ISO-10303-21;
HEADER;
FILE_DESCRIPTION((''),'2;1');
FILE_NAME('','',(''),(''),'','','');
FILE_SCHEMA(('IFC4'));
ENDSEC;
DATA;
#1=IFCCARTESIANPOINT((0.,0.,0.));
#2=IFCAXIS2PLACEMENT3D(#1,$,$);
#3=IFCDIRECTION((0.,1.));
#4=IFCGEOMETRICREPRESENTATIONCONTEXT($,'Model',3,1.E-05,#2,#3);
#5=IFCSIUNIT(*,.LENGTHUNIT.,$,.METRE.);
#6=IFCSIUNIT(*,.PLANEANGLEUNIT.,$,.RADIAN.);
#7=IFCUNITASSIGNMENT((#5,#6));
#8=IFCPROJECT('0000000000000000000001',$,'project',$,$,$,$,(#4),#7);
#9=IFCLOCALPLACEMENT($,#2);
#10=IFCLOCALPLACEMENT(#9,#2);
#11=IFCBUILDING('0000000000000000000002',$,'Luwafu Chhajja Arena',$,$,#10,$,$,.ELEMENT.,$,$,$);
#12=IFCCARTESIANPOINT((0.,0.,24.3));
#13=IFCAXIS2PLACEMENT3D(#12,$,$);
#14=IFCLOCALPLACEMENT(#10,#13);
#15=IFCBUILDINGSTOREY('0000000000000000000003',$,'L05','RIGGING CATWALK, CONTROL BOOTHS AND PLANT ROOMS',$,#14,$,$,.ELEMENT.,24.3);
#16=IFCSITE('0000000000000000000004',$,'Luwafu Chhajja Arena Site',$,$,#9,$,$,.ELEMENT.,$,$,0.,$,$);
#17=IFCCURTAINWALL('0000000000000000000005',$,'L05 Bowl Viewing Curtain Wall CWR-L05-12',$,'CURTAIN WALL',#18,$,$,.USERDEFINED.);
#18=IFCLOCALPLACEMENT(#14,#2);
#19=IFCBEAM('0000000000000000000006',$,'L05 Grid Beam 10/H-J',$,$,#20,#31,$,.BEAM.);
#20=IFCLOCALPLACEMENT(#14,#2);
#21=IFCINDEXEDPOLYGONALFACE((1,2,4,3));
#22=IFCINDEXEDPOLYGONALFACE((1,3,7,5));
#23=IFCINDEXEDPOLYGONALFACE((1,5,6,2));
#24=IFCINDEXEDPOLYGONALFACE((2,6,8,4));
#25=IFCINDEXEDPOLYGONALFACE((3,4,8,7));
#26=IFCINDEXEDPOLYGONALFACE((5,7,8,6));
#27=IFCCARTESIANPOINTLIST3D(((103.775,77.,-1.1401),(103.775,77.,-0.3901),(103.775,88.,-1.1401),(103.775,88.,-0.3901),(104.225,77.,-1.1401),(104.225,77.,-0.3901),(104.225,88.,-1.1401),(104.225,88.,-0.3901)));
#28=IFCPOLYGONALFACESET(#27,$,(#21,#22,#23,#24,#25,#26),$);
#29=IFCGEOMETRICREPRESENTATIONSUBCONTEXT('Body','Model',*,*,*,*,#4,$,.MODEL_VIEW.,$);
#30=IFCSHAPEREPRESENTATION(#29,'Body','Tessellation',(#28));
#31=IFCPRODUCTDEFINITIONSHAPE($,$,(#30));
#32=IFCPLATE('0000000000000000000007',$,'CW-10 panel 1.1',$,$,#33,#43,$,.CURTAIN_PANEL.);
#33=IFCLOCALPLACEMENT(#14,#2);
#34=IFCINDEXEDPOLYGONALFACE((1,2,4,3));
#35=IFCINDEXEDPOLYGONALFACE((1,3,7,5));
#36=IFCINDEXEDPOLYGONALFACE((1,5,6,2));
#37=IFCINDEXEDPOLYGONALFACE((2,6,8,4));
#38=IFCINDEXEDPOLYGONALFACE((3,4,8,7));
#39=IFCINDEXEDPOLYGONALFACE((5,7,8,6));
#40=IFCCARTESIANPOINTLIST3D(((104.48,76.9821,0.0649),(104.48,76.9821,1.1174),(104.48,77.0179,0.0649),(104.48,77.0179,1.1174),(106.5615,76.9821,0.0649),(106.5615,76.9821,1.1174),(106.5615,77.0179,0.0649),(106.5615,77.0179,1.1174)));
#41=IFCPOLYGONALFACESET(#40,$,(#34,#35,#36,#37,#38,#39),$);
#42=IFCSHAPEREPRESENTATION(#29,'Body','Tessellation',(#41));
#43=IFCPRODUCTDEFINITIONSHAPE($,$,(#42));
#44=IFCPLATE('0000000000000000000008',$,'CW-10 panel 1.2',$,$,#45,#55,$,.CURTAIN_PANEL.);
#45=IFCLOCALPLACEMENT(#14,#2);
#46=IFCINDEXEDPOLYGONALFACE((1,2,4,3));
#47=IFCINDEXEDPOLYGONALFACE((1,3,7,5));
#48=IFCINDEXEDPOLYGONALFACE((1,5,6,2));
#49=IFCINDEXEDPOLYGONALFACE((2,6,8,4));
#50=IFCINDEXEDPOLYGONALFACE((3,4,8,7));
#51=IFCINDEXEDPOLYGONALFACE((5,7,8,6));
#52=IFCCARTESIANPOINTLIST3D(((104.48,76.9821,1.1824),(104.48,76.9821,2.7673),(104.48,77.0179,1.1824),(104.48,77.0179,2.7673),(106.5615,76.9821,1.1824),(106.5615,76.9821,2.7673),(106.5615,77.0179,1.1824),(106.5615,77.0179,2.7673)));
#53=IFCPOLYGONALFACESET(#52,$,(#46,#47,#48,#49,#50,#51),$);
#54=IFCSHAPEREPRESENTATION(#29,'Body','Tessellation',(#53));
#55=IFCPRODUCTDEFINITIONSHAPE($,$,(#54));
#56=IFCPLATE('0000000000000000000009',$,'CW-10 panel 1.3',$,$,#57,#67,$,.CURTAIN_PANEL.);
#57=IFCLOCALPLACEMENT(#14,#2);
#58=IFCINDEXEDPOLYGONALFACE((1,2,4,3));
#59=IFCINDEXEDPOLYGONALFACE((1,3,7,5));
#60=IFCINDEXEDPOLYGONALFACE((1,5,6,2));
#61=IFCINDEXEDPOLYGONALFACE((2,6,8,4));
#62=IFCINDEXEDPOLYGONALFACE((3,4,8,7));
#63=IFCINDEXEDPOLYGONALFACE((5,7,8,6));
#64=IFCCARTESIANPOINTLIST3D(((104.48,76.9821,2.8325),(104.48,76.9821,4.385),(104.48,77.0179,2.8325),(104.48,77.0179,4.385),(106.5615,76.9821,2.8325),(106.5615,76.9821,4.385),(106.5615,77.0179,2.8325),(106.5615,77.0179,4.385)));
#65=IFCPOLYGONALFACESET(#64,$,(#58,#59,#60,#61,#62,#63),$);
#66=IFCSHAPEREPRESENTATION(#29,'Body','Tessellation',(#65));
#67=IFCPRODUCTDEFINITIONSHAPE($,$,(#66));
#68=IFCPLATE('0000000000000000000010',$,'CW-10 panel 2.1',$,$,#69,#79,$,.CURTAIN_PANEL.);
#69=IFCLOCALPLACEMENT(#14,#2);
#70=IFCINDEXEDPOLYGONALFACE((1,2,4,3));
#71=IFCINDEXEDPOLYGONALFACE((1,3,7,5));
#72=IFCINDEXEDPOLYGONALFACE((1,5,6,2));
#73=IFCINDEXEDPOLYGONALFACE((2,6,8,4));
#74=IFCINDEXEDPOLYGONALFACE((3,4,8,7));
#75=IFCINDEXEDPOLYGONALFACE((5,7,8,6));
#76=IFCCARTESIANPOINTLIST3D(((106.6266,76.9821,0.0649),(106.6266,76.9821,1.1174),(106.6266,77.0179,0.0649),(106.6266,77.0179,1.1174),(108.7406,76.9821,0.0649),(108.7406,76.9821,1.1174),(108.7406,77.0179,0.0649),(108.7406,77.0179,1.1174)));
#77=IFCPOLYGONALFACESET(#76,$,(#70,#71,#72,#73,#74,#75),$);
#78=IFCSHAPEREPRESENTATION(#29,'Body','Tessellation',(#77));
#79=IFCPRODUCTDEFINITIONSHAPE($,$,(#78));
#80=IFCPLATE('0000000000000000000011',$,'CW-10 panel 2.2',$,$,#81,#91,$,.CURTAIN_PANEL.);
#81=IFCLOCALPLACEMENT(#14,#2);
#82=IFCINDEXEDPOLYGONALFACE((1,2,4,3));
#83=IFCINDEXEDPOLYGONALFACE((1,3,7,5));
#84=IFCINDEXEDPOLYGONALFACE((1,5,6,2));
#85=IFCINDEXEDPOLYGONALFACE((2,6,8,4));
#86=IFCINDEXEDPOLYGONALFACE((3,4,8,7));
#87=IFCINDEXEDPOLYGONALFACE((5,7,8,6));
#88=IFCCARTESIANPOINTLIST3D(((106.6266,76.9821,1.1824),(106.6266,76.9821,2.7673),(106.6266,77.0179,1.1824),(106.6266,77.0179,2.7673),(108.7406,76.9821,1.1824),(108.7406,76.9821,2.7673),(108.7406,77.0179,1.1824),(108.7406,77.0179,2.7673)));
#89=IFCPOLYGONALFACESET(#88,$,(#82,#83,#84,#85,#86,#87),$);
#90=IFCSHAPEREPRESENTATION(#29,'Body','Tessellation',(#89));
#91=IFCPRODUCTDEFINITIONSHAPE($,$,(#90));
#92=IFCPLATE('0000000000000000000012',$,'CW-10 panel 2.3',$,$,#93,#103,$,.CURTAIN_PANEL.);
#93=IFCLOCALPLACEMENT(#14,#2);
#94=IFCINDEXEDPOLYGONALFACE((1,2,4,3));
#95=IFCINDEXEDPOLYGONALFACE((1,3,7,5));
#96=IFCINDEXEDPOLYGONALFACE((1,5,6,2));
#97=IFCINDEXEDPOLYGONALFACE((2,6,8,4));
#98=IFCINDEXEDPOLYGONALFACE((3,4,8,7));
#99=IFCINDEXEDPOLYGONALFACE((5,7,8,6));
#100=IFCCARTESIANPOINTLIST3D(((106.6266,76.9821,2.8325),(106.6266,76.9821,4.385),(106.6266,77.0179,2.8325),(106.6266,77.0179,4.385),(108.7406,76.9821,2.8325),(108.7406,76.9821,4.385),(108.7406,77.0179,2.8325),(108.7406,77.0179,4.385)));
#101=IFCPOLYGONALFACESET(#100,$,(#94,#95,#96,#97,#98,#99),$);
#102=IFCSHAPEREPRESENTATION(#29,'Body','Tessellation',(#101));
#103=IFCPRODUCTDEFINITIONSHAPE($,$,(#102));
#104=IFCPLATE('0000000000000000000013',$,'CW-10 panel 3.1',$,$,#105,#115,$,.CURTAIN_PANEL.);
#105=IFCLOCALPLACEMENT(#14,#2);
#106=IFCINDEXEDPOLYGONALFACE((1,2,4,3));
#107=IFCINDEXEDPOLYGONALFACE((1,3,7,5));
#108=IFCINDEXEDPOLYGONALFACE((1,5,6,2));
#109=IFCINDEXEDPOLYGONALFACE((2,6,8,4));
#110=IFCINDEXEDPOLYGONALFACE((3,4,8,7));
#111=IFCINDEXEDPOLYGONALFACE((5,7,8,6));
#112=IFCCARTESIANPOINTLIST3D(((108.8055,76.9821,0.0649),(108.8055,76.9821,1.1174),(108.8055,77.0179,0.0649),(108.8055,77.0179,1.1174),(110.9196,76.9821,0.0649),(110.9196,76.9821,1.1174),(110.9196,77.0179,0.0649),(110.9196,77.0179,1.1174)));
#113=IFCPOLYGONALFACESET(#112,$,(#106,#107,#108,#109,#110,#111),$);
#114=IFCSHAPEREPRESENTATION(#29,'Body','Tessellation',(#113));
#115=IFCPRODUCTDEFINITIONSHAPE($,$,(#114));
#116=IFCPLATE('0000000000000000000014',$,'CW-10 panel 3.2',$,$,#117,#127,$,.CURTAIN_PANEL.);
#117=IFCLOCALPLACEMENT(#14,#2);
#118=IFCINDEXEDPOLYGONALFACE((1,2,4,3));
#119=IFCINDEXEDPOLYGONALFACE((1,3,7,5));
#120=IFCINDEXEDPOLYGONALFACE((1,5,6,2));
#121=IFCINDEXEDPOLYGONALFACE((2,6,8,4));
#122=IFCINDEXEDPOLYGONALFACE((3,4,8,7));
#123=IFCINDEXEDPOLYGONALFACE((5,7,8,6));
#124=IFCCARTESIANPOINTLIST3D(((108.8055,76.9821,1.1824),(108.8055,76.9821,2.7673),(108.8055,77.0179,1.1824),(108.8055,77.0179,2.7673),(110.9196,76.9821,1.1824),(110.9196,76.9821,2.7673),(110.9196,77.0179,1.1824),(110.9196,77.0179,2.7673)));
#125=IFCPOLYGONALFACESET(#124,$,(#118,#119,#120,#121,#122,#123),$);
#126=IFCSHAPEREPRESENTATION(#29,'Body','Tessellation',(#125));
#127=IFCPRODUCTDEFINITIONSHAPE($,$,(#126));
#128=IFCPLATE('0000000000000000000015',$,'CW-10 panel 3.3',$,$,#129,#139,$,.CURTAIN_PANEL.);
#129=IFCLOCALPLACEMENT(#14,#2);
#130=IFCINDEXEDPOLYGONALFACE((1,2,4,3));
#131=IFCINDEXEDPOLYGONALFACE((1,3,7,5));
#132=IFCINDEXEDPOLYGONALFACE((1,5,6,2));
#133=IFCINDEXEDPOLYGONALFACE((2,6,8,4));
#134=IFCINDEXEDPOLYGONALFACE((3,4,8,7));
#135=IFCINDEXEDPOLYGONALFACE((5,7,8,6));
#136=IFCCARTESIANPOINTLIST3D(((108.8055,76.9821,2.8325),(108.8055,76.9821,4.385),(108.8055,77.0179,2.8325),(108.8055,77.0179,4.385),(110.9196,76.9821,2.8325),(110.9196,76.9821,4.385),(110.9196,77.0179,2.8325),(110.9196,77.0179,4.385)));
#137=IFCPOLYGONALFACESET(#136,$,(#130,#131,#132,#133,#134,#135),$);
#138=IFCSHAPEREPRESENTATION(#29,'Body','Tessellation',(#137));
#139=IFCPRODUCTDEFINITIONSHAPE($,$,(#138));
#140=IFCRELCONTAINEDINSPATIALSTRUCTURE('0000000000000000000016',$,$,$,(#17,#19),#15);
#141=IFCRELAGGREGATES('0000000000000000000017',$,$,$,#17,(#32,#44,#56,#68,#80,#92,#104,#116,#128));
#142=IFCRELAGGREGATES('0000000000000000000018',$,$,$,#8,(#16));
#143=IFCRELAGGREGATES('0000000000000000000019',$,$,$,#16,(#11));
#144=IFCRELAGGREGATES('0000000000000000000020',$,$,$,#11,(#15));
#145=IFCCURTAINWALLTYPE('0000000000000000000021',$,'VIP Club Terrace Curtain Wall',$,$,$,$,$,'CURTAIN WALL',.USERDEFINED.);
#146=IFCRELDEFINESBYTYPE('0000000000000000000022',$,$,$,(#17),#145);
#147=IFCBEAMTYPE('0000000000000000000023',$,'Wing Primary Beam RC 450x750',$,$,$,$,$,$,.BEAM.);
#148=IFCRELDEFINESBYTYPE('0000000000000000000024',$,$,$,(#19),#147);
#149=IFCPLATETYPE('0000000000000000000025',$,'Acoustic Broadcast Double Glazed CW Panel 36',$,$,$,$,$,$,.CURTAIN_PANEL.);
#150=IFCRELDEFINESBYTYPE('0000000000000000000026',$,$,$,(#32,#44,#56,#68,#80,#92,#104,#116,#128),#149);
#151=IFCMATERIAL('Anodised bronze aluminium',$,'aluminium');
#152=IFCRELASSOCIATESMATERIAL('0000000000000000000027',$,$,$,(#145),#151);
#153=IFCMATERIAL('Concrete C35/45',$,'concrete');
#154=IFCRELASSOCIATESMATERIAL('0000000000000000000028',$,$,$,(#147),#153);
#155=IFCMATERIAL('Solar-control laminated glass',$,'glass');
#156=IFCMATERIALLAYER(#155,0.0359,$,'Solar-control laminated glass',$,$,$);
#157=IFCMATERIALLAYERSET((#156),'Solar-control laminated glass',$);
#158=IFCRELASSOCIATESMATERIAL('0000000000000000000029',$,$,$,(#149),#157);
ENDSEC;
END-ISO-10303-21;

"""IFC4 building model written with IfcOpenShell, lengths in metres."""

from ifc_helpers import new_model, si_unit, direction, frame, origin, origin_2d, place, context, subcontext, project, spatial, rectangle, extrude, material, layer, layer_set, material_profile, profile_set, type_object, element, aggregate, save


model = new_model("IFC4")

# Units and contexts
model_context = context("Model", 3, precision=1e-05, world=origin(), true_north=direction((0.0, 1.0)))
body_context = subcontext(model_context, "Body", "Model", "MODEL_VIEW")
ifc_project = project(units=[si_unit("LENGTHUNIT", "METRE"), si_unit("PLANEANGLEUNIT", "RADIAN")], contexts=[model_context])

# Site, building, storey
site_placement = place(None, origin())
site = spatial("IfcSite", under=ifc_project, at=site_placement, Name="Luwafu Chhajja Arena Site", CompositionType="ELEMENT", RefElevation=0.0)
building_placement = place(site_placement, origin())
building = spatial("IfcBuilding", under=site, at=building_placement, Name="Luwafu Chhajja Arena", CompositionType="ELEMENT")
storey_placement = place(building_placement, frame((0.0, 0.0, 24.3)))
storey = spatial("IfcBuildingStorey", under=building, at=storey_placement, Name="L05", Description="RIGGING CATWALK, CONTROL BOOTHS AND PLANT ROOMS", CompositionType="ELEMENT", Elevation=24.3)

# Curtain wall
ifc_material_1 = material(Name="Anodised bronze aluminium", Category="aluminium")
curtain_wall_type = type_object("IfcCurtainWallType", Name="VIP Club Terrace Curtain Wall", ElementType="CURTAIN WALL", PredefinedType="USERDEFINED", material=ifc_material_1)
curtain_wall_placement = place(storey_placement, origin())
curtain_wall = element("IfcCurtainWall", 1, at=curtain_wall_placement, inside=storey, type_object=curtain_wall_type, Name="L05 Bowl Viewing Curtain Wall CWR-L05-12", ObjectType="CURTAIN WALL", PredefinedType="USERDEFINED")

# Beam
ifc_material_2 = material(Name="Concrete C35/45", Category="concrete")
ifc_material_profile_1 = material_profile(ifc_material_2, rectangle(XDim=0.45, YDim=0.75, at=origin_2d()), Name="RC 450x750")
ifc_profile_set_1 = profile_set([ifc_material_profile_1], Name="Concrete C35/45")
beam_type = type_object("IfcBeamType", Name="Wing Primary Beam RC 450x750", PredefinedType="BEAM", material=ifc_profile_set_1)
beam_placement = place(storey_placement, frame((104.0, 77.0, -0.7651), z_axis=(0.0, 1.0, 0.0), x_axis=(-1.0, 0.0, 0.0)))
element("IfcBeam", 2, at=beam_placement, inside=storey, type_object=beam_type, Name="L05 Grid Beam 10/H-J", PredefinedType="BEAM", context=body_context, shape_type="SweptSolid", body=[
    extrude(rectangle(XDim=0.45, YDim=0.75, at=origin_2d()), origin(), (0.0, 0.0, 1.0), 11.0),
])

# Plates
ifc_material_3 = material(Name="Solar-control laminated glass", Category="glass")
ifc_layer = layer(ifc_material_3, 0.0359, Name="Solar-control laminated glass")
ifc_layer_set = layer_set([ifc_layer], Name="Solar-control laminated glass")
plate_type = type_object("IfcPlateType", Name="Acoustic Broadcast Double Glazed CW Panel 36", PredefinedType="CURTAIN_PANEL", material=ifc_layer_set)
plate_1_placement = place(storey_placement, frame((105.5208, 77.0, 0.0649), z_axis=(0.0, 0.0, 1.0), x_axis=(1.0, 0.0, 0.0)))
plate_1 = element("IfcPlate", 3, at=plate_1_placement, type_object=plate_type, Name="CW-10 panel 1.1", PredefinedType="CURTAIN_PANEL", context=body_context, shape_type="SweptSolid", body=[
    extrude(rectangle(XDim=2.0815, YDim=0.0359, at=origin_2d()), origin(), (0.0, 0.0, 1.0), 1.0525),
])
plate_2_placement = place(storey_placement, frame((105.5208, 77.0, 1.1824), z_axis=(0.0, 0.0, 1.0), x_axis=(1.0, 0.0, 0.0)))
plate_2 = element("IfcPlate", 4, at=plate_2_placement, type_object=plate_type, Name="CW-10 panel 1.2", PredefinedType="CURTAIN_PANEL", context=body_context, shape_type="SweptSolid", body=[
    extrude(rectangle(XDim=2.0815, YDim=0.0359, at=origin_2d()), origin(), (0.0, 0.0, 1.0), 1.585),
])
plate_3_placement = place(storey_placement, frame((105.5208, 77.0, 2.8325), z_axis=(0.0, 0.0, 1.0), x_axis=(1.0, 0.0, 0.0)))
plate_3 = element("IfcPlate", 5, at=plate_3_placement, type_object=plate_type, Name="CW-10 panel 1.3", PredefinedType="CURTAIN_PANEL", context=body_context, shape_type="SweptSolid", body=[
    extrude(rectangle(XDim=2.0815, YDim=0.0359, at=origin_2d()), origin(), (0.0, 0.0, 1.0), 1.5525),
])
plate_4_placement = place(storey_placement, frame((107.6836, 77.0, 0.0649), z_axis=(0.0, 0.0, 1.0), x_axis=(1.0, 0.0, 0.0)))
plate_4 = element("IfcPlate", 6, at=plate_4_placement, type_object=plate_type, Name="CW-10 panel 2.1", PredefinedType="CURTAIN_PANEL", context=body_context, shape_type="SweptSolid", body=[
    extrude(rectangle(XDim=2.114, YDim=0.0359, at=origin_2d()), origin(), (0.0, 0.0, 1.0), 1.0525),
])
plate_5_placement = place(storey_placement, frame((107.6836, 77.0, 1.1824), z_axis=(0.0, 0.0, 1.0), x_axis=(1.0, 0.0, 0.0)))
plate_5 = element("IfcPlate", 7, at=plate_5_placement, type_object=plate_type, Name="CW-10 panel 2.2", PredefinedType="CURTAIN_PANEL", context=body_context, shape_type="SweptSolid", body=[
    extrude(rectangle(XDim=2.114, YDim=0.0359, at=origin_2d()), origin(), (0.0, 0.0, 1.0), 1.585),
])
plate_6_placement = place(storey_placement, frame((107.6836, 77.0, 2.8325), z_axis=(0.0, 0.0, 1.0), x_axis=(1.0, 0.0, 0.0)))
plate_6 = element("IfcPlate", 8, at=plate_6_placement, type_object=plate_type, Name="CW-10 panel 2.3", PredefinedType="CURTAIN_PANEL", context=body_context, shape_type="SweptSolid", body=[
    extrude(rectangle(XDim=2.114, YDim=0.0359, at=origin_2d()), origin(), (0.0, 0.0, 1.0), 1.5525),
])
plate_7_placement = place(storey_placement, frame((109.8625, 77.0, 0.0649), z_axis=(0.0, 0.0, 1.0), x_axis=(1.0, 0.0, 0.0)))
plate_7 = element("IfcPlate", 9, at=plate_7_placement, type_object=plate_type, Name="CW-10 panel 3.1", PredefinedType="CURTAIN_PANEL", context=body_context, shape_type="SweptSolid", body=[
    extrude(rectangle(XDim=2.114, YDim=0.0359, at=origin_2d()), origin(), (0.0, 0.0, 1.0), 1.0525),
])
plate_8_placement = place(storey_placement, frame((109.8625, 77.0, 1.1824), z_axis=(0.0, 0.0, 1.0), x_axis=(1.0, 0.0, 0.0)))
plate_8 = element("IfcPlate", 10, at=plate_8_placement, type_object=plate_type, Name="CW-10 panel 3.2", PredefinedType="CURTAIN_PANEL", context=body_context, shape_type="SweptSolid", body=[
    extrude(rectangle(XDim=2.114, YDim=0.0359, at=origin_2d()), origin(), (0.0, 0.0, 1.0), 1.585),
])
plate_9_placement = place(storey_placement, frame((109.8625, 77.0, 2.8325), z_axis=(0.0, 0.0, 1.0), x_axis=(1.0, 0.0, 0.0)))
plate_9 = element("IfcPlate", 11, at=plate_9_placement, type_object=plate_type, Name="CW-10 panel 3.3", PredefinedType="CURTAIN_PANEL", context=body_context, shape_type="SweptSolid", body=[
    extrude(rectangle(XDim=2.114, YDim=0.0359, at=origin_2d()), origin(), (0.0, 0.0, 1.0), 1.5525),
])
aggregate(curtain_wall, [plate_1, plate_2, plate_3, plate_4, plate_5, plate_6, plate_7, plate_8, plate_9])

save(model, "model.ifc")
